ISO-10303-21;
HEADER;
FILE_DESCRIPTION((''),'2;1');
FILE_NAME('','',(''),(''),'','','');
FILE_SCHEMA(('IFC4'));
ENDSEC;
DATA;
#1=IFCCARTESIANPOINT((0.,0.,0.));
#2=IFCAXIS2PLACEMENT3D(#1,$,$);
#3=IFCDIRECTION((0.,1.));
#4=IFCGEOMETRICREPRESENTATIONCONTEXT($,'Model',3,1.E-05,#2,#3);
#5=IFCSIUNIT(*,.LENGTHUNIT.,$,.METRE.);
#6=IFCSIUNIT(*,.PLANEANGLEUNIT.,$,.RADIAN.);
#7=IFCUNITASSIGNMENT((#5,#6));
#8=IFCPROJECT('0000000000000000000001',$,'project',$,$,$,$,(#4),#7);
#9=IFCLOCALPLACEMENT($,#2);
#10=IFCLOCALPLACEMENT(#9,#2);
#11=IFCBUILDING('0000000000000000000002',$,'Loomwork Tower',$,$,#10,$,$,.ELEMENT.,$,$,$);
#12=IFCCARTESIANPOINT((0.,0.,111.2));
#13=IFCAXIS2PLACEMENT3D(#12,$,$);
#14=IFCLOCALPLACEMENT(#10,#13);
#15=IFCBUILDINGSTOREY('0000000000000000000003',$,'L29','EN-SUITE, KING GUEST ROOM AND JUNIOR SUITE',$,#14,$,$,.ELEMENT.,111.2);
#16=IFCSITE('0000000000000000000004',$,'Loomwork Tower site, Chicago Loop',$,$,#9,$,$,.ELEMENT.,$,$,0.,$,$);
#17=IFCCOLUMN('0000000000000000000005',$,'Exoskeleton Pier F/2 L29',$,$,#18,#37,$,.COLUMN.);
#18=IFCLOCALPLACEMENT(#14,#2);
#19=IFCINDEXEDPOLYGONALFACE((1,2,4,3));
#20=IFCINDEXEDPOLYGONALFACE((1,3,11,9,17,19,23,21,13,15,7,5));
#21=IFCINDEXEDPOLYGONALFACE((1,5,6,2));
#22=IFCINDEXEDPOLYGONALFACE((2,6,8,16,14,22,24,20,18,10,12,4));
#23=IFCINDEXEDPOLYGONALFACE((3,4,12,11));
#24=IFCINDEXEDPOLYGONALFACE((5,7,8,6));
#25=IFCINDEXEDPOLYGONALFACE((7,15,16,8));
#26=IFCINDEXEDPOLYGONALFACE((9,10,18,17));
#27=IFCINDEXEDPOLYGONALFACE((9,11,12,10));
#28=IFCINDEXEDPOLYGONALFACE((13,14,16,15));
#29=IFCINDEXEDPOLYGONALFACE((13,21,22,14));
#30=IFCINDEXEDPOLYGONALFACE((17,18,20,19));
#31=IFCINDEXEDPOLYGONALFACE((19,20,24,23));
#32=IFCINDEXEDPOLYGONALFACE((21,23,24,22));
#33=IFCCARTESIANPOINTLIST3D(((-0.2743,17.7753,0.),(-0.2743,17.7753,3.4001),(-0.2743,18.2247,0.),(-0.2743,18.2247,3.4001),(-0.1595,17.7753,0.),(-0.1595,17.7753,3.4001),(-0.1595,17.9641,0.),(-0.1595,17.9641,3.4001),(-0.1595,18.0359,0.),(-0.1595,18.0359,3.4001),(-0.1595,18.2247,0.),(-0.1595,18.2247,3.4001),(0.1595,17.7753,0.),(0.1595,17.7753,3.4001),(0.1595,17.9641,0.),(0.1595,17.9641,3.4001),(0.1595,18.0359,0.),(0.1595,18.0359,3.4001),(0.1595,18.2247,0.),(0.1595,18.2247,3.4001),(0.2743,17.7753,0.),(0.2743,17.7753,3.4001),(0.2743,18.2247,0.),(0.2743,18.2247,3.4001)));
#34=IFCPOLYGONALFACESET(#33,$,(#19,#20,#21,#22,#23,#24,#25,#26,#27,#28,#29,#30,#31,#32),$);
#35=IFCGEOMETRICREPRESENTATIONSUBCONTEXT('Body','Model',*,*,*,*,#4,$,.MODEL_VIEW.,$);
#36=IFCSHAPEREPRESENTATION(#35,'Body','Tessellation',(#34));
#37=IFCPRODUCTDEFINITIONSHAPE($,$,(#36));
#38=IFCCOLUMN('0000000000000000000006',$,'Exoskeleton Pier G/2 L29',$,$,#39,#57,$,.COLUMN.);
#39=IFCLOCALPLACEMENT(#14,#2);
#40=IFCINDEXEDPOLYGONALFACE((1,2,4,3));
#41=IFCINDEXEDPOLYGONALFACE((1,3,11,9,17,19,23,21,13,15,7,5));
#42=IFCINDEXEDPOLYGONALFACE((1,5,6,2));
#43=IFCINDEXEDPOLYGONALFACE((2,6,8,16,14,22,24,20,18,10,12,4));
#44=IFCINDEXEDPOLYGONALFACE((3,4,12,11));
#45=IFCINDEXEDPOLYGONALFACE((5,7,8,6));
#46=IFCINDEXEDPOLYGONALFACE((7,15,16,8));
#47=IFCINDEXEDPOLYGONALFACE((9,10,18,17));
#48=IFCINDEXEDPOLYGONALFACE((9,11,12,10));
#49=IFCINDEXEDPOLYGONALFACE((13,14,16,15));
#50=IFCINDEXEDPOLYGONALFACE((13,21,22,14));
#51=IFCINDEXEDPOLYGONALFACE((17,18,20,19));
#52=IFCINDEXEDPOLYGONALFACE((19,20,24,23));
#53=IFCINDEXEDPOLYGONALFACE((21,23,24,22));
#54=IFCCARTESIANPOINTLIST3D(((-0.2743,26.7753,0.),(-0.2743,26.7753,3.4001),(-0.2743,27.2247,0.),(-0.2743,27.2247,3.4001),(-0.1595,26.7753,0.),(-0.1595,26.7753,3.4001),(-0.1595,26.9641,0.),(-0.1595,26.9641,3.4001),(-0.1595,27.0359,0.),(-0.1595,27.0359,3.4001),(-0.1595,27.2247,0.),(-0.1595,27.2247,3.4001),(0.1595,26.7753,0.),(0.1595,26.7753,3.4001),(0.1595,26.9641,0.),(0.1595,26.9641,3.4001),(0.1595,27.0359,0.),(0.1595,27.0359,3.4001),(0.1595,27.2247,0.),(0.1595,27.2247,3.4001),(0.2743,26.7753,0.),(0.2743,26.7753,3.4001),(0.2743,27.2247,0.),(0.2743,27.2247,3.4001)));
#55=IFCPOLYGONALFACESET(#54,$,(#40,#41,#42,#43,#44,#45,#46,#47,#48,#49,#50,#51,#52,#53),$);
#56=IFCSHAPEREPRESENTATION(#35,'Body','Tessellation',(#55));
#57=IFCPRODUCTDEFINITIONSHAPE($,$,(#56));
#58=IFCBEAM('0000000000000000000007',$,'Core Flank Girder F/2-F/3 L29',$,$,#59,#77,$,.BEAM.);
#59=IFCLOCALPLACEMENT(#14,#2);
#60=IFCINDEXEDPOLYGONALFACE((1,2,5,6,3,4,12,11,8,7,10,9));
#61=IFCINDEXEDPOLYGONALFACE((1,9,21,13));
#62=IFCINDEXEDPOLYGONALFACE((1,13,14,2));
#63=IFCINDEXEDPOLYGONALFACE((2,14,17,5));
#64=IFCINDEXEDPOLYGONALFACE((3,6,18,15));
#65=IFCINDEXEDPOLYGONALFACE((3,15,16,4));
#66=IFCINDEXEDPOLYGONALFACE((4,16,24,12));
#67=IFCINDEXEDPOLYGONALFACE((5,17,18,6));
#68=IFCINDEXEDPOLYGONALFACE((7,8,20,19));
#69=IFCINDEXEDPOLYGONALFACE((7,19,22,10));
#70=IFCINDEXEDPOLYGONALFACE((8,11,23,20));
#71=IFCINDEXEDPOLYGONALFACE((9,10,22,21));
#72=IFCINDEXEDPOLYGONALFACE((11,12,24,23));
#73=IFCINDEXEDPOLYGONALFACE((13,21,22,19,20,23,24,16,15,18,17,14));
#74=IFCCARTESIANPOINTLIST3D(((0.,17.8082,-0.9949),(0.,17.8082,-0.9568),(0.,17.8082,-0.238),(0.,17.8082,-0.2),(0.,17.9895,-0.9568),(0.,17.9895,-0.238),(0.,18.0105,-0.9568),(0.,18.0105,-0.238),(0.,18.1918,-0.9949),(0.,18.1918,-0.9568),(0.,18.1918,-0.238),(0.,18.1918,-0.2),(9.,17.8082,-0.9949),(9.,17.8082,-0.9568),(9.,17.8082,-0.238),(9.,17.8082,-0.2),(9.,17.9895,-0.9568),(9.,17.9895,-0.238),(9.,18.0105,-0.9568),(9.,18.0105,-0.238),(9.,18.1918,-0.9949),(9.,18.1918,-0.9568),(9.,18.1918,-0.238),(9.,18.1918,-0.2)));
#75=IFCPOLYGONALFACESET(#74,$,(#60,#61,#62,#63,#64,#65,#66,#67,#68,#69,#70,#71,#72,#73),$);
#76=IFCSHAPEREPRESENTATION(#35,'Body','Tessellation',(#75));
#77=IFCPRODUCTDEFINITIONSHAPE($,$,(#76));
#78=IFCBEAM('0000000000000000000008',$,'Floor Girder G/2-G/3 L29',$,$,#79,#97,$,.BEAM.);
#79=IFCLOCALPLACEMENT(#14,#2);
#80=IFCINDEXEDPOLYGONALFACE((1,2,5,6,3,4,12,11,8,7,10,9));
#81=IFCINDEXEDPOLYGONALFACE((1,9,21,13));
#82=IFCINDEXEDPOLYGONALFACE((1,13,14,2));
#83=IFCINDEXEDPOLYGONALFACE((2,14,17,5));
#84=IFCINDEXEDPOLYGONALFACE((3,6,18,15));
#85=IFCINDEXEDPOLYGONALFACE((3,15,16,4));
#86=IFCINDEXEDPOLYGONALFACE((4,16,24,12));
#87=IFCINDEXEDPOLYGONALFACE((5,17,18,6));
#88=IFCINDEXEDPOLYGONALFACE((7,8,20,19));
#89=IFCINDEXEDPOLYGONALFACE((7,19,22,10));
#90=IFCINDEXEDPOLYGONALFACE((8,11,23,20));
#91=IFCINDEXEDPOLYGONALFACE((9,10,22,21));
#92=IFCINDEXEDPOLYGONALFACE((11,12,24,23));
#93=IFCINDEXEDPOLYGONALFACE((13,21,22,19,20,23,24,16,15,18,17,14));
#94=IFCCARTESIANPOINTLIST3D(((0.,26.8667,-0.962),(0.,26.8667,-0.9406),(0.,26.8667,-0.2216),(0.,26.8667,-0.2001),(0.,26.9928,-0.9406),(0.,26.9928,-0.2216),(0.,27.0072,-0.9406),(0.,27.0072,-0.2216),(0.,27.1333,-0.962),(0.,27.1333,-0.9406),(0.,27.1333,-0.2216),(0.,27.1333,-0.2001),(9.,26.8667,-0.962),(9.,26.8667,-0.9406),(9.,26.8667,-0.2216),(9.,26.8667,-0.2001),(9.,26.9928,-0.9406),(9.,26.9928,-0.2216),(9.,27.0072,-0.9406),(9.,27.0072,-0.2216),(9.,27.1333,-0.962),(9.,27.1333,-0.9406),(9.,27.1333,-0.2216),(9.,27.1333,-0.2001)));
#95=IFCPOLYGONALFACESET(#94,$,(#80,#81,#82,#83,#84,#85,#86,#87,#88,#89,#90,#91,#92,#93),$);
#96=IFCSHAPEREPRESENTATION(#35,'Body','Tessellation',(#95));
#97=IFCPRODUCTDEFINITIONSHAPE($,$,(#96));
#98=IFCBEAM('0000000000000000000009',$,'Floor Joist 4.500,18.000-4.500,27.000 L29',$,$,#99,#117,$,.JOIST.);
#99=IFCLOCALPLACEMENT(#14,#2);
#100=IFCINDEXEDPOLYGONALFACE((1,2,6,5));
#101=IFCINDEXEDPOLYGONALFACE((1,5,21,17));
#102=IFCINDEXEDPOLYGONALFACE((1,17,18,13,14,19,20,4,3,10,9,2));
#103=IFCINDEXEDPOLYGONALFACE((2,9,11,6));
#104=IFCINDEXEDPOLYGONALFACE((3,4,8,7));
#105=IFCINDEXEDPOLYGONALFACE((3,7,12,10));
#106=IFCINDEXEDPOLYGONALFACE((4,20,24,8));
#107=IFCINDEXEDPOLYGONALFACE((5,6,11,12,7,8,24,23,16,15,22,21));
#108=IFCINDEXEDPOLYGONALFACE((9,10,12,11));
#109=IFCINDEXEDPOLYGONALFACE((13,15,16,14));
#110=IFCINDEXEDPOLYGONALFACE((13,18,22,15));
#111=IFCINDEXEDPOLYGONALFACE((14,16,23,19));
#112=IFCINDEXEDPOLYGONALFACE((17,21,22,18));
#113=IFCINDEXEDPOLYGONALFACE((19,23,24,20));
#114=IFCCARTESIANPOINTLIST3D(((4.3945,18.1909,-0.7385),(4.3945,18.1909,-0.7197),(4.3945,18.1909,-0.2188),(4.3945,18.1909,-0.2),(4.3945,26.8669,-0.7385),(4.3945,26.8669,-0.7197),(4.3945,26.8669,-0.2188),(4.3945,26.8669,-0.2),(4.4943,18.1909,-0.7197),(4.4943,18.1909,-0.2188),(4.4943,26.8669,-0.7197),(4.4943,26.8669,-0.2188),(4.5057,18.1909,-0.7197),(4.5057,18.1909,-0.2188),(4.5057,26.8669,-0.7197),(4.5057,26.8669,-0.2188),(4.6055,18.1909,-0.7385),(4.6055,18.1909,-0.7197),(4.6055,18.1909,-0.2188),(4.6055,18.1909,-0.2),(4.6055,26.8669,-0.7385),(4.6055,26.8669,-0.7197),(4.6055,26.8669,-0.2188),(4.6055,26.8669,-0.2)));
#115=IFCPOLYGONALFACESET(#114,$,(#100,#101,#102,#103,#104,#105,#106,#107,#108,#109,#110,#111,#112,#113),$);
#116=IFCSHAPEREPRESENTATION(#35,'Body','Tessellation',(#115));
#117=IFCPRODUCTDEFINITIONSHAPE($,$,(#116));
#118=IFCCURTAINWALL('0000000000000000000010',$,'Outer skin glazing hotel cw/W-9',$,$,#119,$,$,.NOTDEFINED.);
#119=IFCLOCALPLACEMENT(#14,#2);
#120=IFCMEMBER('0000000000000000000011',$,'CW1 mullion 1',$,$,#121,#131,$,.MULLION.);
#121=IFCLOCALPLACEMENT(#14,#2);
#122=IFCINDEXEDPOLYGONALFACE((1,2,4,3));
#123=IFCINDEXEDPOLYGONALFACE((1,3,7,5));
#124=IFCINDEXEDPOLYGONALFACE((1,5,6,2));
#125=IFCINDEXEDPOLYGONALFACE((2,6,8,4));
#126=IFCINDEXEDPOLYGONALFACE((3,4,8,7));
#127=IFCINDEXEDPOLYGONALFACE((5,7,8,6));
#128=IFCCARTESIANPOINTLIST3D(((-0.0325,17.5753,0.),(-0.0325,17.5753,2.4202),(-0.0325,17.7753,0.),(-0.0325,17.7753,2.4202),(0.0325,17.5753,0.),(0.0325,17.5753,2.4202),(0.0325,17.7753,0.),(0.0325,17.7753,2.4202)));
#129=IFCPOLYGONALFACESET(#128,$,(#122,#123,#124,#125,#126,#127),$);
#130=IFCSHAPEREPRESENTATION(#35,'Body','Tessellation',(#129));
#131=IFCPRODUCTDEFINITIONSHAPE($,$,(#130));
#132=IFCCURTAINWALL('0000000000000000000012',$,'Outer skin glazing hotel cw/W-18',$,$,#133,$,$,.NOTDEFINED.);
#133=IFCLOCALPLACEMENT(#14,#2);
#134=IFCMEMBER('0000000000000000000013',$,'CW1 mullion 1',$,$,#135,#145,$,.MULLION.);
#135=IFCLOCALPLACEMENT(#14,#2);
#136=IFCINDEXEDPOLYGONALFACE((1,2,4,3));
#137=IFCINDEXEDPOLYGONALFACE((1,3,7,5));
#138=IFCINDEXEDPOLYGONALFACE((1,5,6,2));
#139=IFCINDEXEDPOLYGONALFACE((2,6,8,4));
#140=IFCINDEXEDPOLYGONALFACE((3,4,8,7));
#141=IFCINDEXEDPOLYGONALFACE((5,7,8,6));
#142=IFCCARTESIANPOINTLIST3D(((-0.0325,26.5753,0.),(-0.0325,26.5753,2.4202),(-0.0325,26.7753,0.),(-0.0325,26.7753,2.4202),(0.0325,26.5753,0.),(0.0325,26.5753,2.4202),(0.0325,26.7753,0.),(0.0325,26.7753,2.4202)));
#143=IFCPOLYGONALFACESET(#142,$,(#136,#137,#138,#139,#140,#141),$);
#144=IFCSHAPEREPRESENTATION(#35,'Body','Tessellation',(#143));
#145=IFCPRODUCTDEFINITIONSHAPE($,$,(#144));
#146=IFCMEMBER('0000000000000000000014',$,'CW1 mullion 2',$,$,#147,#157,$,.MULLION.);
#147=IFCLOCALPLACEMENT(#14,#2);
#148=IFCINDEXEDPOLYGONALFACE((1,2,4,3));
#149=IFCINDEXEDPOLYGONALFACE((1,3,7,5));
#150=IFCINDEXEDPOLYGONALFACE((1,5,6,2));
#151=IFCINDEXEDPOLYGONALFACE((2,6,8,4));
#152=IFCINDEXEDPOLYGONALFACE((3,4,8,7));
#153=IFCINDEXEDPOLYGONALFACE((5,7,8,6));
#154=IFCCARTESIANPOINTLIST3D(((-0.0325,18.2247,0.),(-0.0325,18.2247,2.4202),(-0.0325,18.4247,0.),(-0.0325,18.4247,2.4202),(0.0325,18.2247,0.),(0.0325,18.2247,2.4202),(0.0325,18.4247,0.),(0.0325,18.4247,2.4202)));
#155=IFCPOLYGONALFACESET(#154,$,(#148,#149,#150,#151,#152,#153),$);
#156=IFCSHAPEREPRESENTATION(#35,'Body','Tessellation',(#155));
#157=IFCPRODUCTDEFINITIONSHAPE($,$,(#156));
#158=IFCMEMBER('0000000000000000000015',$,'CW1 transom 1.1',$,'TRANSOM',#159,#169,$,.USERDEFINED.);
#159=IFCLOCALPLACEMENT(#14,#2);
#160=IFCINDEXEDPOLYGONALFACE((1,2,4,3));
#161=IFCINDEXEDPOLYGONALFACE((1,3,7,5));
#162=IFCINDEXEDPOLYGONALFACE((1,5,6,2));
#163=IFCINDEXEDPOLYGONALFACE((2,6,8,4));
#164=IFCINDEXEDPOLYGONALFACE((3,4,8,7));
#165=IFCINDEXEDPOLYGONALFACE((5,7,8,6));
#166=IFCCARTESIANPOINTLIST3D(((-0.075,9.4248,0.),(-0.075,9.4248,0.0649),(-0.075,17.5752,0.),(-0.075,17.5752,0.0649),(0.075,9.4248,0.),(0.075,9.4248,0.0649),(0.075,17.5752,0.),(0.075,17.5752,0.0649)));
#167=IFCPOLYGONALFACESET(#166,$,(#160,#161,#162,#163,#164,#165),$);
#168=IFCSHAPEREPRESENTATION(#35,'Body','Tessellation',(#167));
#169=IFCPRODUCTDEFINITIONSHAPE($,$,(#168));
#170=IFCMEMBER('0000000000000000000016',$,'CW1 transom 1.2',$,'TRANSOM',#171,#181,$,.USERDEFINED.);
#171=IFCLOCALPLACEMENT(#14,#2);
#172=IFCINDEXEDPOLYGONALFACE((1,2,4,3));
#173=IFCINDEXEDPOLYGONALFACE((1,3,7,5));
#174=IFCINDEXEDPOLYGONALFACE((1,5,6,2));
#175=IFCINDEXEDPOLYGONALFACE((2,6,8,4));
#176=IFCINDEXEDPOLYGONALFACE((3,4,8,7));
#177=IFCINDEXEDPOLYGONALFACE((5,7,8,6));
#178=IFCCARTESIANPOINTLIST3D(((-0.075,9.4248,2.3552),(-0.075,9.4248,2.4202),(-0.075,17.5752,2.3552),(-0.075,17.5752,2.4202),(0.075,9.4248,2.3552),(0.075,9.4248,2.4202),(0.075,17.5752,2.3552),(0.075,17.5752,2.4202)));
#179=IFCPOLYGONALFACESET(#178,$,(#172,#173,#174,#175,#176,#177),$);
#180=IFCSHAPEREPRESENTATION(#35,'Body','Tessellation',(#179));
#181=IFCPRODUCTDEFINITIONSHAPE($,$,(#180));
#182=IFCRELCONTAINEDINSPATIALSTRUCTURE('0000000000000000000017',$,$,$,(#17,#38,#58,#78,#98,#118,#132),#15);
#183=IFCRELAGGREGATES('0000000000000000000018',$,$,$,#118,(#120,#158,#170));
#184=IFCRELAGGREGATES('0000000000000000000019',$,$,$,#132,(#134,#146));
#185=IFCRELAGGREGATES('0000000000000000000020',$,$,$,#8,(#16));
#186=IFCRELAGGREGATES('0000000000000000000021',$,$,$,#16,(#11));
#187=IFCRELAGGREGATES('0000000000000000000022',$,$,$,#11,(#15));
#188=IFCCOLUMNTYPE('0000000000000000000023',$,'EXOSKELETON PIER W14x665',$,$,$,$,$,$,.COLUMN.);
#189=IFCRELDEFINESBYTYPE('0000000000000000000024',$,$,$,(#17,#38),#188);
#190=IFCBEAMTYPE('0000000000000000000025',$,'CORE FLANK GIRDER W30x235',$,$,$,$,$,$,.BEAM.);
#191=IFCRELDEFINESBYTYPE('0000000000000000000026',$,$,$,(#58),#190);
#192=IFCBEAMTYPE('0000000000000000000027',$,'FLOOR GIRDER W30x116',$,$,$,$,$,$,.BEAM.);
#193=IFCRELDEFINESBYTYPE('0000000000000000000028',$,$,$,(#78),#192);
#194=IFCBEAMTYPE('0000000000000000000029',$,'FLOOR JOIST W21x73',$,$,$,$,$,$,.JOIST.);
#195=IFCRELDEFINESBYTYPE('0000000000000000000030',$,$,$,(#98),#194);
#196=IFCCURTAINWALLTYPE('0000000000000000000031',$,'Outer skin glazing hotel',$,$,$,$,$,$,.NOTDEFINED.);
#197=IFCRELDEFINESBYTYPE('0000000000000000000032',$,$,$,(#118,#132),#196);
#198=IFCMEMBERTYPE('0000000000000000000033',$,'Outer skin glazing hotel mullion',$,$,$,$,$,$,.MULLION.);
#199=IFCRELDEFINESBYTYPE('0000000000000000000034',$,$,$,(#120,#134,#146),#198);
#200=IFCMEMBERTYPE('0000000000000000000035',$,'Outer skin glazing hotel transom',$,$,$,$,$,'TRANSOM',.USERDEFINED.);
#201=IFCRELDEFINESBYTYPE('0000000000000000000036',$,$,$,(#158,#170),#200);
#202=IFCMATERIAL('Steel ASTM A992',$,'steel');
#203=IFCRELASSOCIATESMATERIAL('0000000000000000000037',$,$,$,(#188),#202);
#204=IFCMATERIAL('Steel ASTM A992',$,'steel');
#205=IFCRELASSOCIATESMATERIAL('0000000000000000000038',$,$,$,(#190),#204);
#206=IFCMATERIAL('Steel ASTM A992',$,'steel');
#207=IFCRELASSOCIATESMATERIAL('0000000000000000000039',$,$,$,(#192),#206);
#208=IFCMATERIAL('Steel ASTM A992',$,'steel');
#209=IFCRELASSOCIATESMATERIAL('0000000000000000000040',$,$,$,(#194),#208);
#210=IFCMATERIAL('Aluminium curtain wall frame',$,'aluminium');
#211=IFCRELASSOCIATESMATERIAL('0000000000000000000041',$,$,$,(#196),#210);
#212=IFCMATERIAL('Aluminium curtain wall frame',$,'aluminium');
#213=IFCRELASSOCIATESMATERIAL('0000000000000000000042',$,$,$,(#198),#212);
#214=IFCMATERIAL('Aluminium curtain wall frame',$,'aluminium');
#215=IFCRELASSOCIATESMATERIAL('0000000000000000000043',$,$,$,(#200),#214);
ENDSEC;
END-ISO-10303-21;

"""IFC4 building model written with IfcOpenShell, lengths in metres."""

from ifc_helpers import new_model, si_unit, direction, frame, origin, origin_2d, place, context, subcontext, project, spatial, rectangle, i_section, extrude, material, material_profile, profile_set, type_object, element, aggregate, save


model = new_model("IFC4")

# Units and contexts
model_context = context("Model", 3, precision=1e-05, world=origin(), true_north=direction((0.0, 1.0)))
body_context = subcontext(model_context, "Body", "Model", "MODEL_VIEW")
ifc_project = project(units=[si_unit("LENGTHUNIT", "METRE"), si_unit("PLANEANGLEUNIT", "RADIAN")], contexts=[model_context])

# Site, building, storey
site_placement = place(None, origin())
site = spatial("IfcSite", under=ifc_project, at=site_placement, Name="Loomwork Tower site, Chicago Loop", CompositionType="ELEMENT", RefElevation=0.0)
building_placement = place(site_placement, origin())
building = spatial("IfcBuilding", under=site, at=building_placement, Name="Loomwork Tower", CompositionType="ELEMENT")
storey_placement = place(building_placement, frame((0.0, 0.0, 111.2)))
storey = spatial("IfcBuildingStorey", under=building, at=storey_placement, Name="L29", Description="EN-SUITE, KING GUEST ROOM AND JUNIOR SUITE", CompositionType="ELEMENT", Elevation=111.2)

# Columns
ifc_material_1 = material(Name="Steel ASTM A992", Category="steel")
ifc_material_profile_1 = material_profile(ifc_material_1, i_section(OverallWidth=0.4495, OverallDepth=0.5486, WebThickness=0.0718, FlangeThickness=0.1147, at=origin_2d()), Name="W14x665")
ifc_profile_set_1 = profile_set([ifc_material_profile_1], Name="Steel ASTM A992")
column_type = type_object("IfcColumnType", Name="EXOSKELETON PIER W14x665", PredefinedType="COLUMN", material=ifc_profile_set_1)
for number, where, z_axis, x_axis, name in (
    (1, (0.0, 18.0, 0.0), (0.0, 0.0, 1.0), (0.0, 1.0, 0.0), "Exoskeleton Pier F/2 L29"),
    (2, (0.0, 27.0, 0.0), (0.0, 0.0, 1.0), (0.0, 1.0, 0.0), "Exoskeleton Pier G/2 L29"),
):
    element("IfcColumn", number, at=place(storey_placement, frame(where, z_axis=z_axis, x_axis=x_axis)), inside=storey, type_object=column_type, Name=name, PredefinedType="COLUMN", context=body_context, shape_type="SweptSolid", body=[
        extrude(i_section(OverallWidth=0.4495, OverallDepth=0.5486, WebThickness=0.0718, FlangeThickness=0.1147, at=origin_2d()), origin(), (0.0, 0.0, 1.0), 3.4001),
    ])

# Beams
ifc_material_2 = material(Name="Steel ASTM A992", Category="steel")
ifc_material_profile_2 = material_profile(ifc_material_2, i_section(OverallWidth=0.3835, OverallDepth=0.7949, WebThickness=0.021, FlangeThickness=0.0381, at=origin_2d()), Name="W30x235")
ifc_profile_set_2 = profile_set([ifc_material_profile_2], Name="Steel ASTM A992")
beam_type_1 = type_object("IfcBeamType", Name="CORE FLANK GIRDER W30x235", PredefinedType="BEAM", material=ifc_profile_set_2)
beam_1_placement = place(storey_placement, frame((0.0, 18.0, -0.5974), z_axis=(1.0, 0.0, 0.0), x_axis=(0.0, 1.0, 0.0)))
element("IfcBeam", 3, at=beam_1_placement, inside=storey, type_object=beam_type_1, Name="Core Flank Girder F/2-F/3 L29", PredefinedType="BEAM", context=body_context, shape_type="SweptSolid", body=[
    extrude(i_section(OverallWidth=0.3835, OverallDepth=0.7949, WebThickness=0.021, FlangeThickness=0.0381, at=origin_2d()), origin(), (0.0, 0.0, 1.0), 9.0),
])
ifc_material_3 = material(Name="Steel ASTM A992", Category="steel")
ifc_material_profile_3 = material_profile(ifc_material_3, i_section(OverallWidth=0.2666, OverallDepth=0.762, WebThickness=0.0144, FlangeThickness=0.0215, at=origin_2d()), Name="W30x116")
ifc_profile_set_3 = profile_set([ifc_material_profile_3], Name="Steel ASTM A992")
beam_type_2 = type_object("IfcBeamType", Name="FLOOR GIRDER W30x116", PredefinedType="BEAM", material=ifc_profile_set_3)
beam_2_placement = place(storey_placement, frame((0.0, 27.0, -0.5811), z_axis=(1.0, 0.0, 0.0), x_axis=(0.0, 1.0, 0.0)))
element("IfcBeam", 4, at=beam_2_placement, inside=storey, type_object=beam_type_2, Name="Floor Girder G/2-G/3 L29", PredefinedType="BEAM", context=body_context, shape_type="SweptSolid", body=[
    extrude(i_section(OverallWidth=0.2666, OverallDepth=0.762, WebThickness=0.0144, FlangeThickness=0.0215, at=origin_2d()), origin(), (0.0, 0.0, 1.0), 9.0),
])
ifc_material_4 = material(Name="Steel ASTM A992", Category="steel")
ifc_material_profile_4 = material_profile(ifc_material_4, i_section(OverallWidth=0.2109, OverallDepth=0.5386, WebThickness=0.0115, FlangeThickness=0.0188, at=origin_2d()), Name="W21x73")
ifc_profile_set_4 = profile_set([ifc_material_profile_4], Name="Steel ASTM A992")
beam_type_3 = type_object("IfcBeamType", Name="FLOOR JOIST W21x73", PredefinedType="JOIST", material=ifc_profile_set_4)
beam_3_placement = place(storey_placement, frame((4.5, 18.1909, -0.4692), z_axis=(0.0, 1.0, 0.0), x_axis=(-1.0, 0.0, 0.0)))
element("IfcBeam", 5, at=beam_3_placement, inside=storey, type_object=beam_type_3, Name="Floor Joist 4.500,18.000-4.500,27.000 L29", PredefinedType="JOIST", context=body_context, shape_type="SweptSolid", body=[
    extrude(i_section(OverallWidth=0.2109, OverallDepth=0.5386, WebThickness=0.0115, FlangeThickness=0.0188, at=origin_2d()), origin(), (0.0, 0.0, 1.0), 8.676),
])

# Curtain wall, member
ifc_material_5 = material(Name="Aluminium curtain wall frame", Category="aluminium")
curtain_wall_type = type_object("IfcCurtainWallType", Name="Outer skin glazing hotel", PredefinedType="NOTDEFINED", material=ifc_material_5)
curtain_wall_1_placement = place(storey_placement, origin())
curtain_wall_1 = element("IfcCurtainWall", 6, at=curtain_wall_1_placement, inside=storey, type_object=curtain_wall_type, Name="Outer skin glazing hotel cw/W-9", PredefinedType="NOTDEFINED")
ifc_material_6 = material(Name="Aluminium curtain wall frame", Category="aluminium")
ifc_material_profile_5 = material_profile(ifc_material_6, rectangle(XDim=0.0649, YDim=0.2, at=origin_2d()), Name="AL 65x200")
ifc_profile_set_5 = profile_set([ifc_material_profile_5], Name="Aluminium curtain wall frame")
member_type_1 = type_object("IfcMemberType", Name="Outer skin glazing hotel mullion", PredefinedType="MULLION", material=ifc_profile_set_5)
member_1_placement = place(storey_placement, frame((0.0, 17.6753, 0.0), z_axis=(0.0, 0.0, 1.0), x_axis=(1.0, 0.0, 0.0)))
member_1 = element("IfcMember", 7, at=member_1_placement, type_object=member_type_1, Name="CW1 mullion 1", PredefinedType="MULLION", context=body_context, shape_type="SweptSolid", body=[
    extrude(rectangle(XDim=0.0649, YDim=0.2, at=origin_2d()), origin(), (0.0, 0.0, 1.0), 2.4202),
])

# Curtain wall, members
curtain_wall_2_placement = place(storey_placement, origin())
curtain_wall_2 = element("IfcCurtainWall", 8, at=curtain_wall_2_placement, inside=storey, type_object=curtain_wall_type, Name="Outer skin glazing hotel cw/W-18", PredefinedType="NOTDEFINED")
member_2_placement = place(storey_placement, frame((0.0, 26.6753, 0.0), z_axis=(0.0, 0.0, 1.0), x_axis=(1.0, 0.0, 0.0)))
member_2 = element("IfcMember", 9, at=member_2_placement, type_object=member_type_1, Name="CW1 mullion 1", PredefinedType="MULLION", context=body_context, shape_type="SweptSolid", body=[
    extrude(rectangle(XDim=0.0649, YDim=0.2, at=origin_2d()), origin(), (0.0, 0.0, 1.0), 2.4202),
])
member_3_placement = place(storey_placement, frame((0.0, 18.3247, 0.0), z_axis=(0.0, 0.0, 1.0), x_axis=(1.0, 0.0, 0.0)))
member_3 = element("IfcMember", 10, at=member_3_placement, type_object=member_type_1, Name="CW1 mullion 2", PredefinedType="MULLION", context=body_context, shape_type="SweptSolid", body=[
    extrude(rectangle(XDim=0.0649, YDim=0.2, at=origin_2d()), origin(), (0.0, 0.0, 1.0), 2.4202),
])

# Members
ifc_material_7 = material(Name="Aluminium curtain wall frame", Category="aluminium")
ifc_material_profile_6 = material_profile(ifc_material_7, rectangle(XDim=0.1499, YDim=0.0649, at=origin_2d()), Name="AL 65x150")
ifc_profile_set_6 = profile_set([ifc_material_profile_6], Name="Aluminium curtain wall frame")
member_type_2 = type_object("IfcMemberType", Name="Outer skin glazing hotel transom", ElementType="TRANSOM", PredefinedType="USERDEFINED", material=ifc_profile_set_6)
member_4_placement = place(storey_placement, frame((0.0, 17.5752, 0.0325), z_axis=(0.0, -1.0, 0.0), x_axis=(1.0, 0.0, 0.0)))
member_4 = element("IfcMember", 11, at=member_4_placement, type_object=member_type_2, Name="CW1 transom 1.1", ObjectType="TRANSOM", PredefinedType="USERDEFINED", context=body_context, shape_type="SweptSolid", body=[
    extrude(rectangle(XDim=0.1499, YDim=0.0649, at=origin_2d()), origin(), (0.0, 0.0, 1.0), 8.1504),
])
member_5_placement = place(storey_placement, frame((0.0, 17.5752, 2.3877), z_axis=(0.0, -1.0, 0.0), x_axis=(1.0, 0.0, 0.0)))
member_5 = element("IfcMember", 12, at=member_5_placement, type_object=member_type_2, Name="CW1 transom 1.2", ObjectType="TRANSOM", PredefinedType="USERDEFINED", context=body_context, shape_type="SweptSolid", body=[
    extrude(rectangle(XDim=0.1499, YDim=0.0649, at=origin_2d()), origin(), (0.0, 0.0, 1.0), 8.1504),
])
aggregate(curtain_wall_1, [member_1, member_4, member_5])

aggregate(curtain_wall_2, [member_2, member_3])

save(model, "model.ifc")
